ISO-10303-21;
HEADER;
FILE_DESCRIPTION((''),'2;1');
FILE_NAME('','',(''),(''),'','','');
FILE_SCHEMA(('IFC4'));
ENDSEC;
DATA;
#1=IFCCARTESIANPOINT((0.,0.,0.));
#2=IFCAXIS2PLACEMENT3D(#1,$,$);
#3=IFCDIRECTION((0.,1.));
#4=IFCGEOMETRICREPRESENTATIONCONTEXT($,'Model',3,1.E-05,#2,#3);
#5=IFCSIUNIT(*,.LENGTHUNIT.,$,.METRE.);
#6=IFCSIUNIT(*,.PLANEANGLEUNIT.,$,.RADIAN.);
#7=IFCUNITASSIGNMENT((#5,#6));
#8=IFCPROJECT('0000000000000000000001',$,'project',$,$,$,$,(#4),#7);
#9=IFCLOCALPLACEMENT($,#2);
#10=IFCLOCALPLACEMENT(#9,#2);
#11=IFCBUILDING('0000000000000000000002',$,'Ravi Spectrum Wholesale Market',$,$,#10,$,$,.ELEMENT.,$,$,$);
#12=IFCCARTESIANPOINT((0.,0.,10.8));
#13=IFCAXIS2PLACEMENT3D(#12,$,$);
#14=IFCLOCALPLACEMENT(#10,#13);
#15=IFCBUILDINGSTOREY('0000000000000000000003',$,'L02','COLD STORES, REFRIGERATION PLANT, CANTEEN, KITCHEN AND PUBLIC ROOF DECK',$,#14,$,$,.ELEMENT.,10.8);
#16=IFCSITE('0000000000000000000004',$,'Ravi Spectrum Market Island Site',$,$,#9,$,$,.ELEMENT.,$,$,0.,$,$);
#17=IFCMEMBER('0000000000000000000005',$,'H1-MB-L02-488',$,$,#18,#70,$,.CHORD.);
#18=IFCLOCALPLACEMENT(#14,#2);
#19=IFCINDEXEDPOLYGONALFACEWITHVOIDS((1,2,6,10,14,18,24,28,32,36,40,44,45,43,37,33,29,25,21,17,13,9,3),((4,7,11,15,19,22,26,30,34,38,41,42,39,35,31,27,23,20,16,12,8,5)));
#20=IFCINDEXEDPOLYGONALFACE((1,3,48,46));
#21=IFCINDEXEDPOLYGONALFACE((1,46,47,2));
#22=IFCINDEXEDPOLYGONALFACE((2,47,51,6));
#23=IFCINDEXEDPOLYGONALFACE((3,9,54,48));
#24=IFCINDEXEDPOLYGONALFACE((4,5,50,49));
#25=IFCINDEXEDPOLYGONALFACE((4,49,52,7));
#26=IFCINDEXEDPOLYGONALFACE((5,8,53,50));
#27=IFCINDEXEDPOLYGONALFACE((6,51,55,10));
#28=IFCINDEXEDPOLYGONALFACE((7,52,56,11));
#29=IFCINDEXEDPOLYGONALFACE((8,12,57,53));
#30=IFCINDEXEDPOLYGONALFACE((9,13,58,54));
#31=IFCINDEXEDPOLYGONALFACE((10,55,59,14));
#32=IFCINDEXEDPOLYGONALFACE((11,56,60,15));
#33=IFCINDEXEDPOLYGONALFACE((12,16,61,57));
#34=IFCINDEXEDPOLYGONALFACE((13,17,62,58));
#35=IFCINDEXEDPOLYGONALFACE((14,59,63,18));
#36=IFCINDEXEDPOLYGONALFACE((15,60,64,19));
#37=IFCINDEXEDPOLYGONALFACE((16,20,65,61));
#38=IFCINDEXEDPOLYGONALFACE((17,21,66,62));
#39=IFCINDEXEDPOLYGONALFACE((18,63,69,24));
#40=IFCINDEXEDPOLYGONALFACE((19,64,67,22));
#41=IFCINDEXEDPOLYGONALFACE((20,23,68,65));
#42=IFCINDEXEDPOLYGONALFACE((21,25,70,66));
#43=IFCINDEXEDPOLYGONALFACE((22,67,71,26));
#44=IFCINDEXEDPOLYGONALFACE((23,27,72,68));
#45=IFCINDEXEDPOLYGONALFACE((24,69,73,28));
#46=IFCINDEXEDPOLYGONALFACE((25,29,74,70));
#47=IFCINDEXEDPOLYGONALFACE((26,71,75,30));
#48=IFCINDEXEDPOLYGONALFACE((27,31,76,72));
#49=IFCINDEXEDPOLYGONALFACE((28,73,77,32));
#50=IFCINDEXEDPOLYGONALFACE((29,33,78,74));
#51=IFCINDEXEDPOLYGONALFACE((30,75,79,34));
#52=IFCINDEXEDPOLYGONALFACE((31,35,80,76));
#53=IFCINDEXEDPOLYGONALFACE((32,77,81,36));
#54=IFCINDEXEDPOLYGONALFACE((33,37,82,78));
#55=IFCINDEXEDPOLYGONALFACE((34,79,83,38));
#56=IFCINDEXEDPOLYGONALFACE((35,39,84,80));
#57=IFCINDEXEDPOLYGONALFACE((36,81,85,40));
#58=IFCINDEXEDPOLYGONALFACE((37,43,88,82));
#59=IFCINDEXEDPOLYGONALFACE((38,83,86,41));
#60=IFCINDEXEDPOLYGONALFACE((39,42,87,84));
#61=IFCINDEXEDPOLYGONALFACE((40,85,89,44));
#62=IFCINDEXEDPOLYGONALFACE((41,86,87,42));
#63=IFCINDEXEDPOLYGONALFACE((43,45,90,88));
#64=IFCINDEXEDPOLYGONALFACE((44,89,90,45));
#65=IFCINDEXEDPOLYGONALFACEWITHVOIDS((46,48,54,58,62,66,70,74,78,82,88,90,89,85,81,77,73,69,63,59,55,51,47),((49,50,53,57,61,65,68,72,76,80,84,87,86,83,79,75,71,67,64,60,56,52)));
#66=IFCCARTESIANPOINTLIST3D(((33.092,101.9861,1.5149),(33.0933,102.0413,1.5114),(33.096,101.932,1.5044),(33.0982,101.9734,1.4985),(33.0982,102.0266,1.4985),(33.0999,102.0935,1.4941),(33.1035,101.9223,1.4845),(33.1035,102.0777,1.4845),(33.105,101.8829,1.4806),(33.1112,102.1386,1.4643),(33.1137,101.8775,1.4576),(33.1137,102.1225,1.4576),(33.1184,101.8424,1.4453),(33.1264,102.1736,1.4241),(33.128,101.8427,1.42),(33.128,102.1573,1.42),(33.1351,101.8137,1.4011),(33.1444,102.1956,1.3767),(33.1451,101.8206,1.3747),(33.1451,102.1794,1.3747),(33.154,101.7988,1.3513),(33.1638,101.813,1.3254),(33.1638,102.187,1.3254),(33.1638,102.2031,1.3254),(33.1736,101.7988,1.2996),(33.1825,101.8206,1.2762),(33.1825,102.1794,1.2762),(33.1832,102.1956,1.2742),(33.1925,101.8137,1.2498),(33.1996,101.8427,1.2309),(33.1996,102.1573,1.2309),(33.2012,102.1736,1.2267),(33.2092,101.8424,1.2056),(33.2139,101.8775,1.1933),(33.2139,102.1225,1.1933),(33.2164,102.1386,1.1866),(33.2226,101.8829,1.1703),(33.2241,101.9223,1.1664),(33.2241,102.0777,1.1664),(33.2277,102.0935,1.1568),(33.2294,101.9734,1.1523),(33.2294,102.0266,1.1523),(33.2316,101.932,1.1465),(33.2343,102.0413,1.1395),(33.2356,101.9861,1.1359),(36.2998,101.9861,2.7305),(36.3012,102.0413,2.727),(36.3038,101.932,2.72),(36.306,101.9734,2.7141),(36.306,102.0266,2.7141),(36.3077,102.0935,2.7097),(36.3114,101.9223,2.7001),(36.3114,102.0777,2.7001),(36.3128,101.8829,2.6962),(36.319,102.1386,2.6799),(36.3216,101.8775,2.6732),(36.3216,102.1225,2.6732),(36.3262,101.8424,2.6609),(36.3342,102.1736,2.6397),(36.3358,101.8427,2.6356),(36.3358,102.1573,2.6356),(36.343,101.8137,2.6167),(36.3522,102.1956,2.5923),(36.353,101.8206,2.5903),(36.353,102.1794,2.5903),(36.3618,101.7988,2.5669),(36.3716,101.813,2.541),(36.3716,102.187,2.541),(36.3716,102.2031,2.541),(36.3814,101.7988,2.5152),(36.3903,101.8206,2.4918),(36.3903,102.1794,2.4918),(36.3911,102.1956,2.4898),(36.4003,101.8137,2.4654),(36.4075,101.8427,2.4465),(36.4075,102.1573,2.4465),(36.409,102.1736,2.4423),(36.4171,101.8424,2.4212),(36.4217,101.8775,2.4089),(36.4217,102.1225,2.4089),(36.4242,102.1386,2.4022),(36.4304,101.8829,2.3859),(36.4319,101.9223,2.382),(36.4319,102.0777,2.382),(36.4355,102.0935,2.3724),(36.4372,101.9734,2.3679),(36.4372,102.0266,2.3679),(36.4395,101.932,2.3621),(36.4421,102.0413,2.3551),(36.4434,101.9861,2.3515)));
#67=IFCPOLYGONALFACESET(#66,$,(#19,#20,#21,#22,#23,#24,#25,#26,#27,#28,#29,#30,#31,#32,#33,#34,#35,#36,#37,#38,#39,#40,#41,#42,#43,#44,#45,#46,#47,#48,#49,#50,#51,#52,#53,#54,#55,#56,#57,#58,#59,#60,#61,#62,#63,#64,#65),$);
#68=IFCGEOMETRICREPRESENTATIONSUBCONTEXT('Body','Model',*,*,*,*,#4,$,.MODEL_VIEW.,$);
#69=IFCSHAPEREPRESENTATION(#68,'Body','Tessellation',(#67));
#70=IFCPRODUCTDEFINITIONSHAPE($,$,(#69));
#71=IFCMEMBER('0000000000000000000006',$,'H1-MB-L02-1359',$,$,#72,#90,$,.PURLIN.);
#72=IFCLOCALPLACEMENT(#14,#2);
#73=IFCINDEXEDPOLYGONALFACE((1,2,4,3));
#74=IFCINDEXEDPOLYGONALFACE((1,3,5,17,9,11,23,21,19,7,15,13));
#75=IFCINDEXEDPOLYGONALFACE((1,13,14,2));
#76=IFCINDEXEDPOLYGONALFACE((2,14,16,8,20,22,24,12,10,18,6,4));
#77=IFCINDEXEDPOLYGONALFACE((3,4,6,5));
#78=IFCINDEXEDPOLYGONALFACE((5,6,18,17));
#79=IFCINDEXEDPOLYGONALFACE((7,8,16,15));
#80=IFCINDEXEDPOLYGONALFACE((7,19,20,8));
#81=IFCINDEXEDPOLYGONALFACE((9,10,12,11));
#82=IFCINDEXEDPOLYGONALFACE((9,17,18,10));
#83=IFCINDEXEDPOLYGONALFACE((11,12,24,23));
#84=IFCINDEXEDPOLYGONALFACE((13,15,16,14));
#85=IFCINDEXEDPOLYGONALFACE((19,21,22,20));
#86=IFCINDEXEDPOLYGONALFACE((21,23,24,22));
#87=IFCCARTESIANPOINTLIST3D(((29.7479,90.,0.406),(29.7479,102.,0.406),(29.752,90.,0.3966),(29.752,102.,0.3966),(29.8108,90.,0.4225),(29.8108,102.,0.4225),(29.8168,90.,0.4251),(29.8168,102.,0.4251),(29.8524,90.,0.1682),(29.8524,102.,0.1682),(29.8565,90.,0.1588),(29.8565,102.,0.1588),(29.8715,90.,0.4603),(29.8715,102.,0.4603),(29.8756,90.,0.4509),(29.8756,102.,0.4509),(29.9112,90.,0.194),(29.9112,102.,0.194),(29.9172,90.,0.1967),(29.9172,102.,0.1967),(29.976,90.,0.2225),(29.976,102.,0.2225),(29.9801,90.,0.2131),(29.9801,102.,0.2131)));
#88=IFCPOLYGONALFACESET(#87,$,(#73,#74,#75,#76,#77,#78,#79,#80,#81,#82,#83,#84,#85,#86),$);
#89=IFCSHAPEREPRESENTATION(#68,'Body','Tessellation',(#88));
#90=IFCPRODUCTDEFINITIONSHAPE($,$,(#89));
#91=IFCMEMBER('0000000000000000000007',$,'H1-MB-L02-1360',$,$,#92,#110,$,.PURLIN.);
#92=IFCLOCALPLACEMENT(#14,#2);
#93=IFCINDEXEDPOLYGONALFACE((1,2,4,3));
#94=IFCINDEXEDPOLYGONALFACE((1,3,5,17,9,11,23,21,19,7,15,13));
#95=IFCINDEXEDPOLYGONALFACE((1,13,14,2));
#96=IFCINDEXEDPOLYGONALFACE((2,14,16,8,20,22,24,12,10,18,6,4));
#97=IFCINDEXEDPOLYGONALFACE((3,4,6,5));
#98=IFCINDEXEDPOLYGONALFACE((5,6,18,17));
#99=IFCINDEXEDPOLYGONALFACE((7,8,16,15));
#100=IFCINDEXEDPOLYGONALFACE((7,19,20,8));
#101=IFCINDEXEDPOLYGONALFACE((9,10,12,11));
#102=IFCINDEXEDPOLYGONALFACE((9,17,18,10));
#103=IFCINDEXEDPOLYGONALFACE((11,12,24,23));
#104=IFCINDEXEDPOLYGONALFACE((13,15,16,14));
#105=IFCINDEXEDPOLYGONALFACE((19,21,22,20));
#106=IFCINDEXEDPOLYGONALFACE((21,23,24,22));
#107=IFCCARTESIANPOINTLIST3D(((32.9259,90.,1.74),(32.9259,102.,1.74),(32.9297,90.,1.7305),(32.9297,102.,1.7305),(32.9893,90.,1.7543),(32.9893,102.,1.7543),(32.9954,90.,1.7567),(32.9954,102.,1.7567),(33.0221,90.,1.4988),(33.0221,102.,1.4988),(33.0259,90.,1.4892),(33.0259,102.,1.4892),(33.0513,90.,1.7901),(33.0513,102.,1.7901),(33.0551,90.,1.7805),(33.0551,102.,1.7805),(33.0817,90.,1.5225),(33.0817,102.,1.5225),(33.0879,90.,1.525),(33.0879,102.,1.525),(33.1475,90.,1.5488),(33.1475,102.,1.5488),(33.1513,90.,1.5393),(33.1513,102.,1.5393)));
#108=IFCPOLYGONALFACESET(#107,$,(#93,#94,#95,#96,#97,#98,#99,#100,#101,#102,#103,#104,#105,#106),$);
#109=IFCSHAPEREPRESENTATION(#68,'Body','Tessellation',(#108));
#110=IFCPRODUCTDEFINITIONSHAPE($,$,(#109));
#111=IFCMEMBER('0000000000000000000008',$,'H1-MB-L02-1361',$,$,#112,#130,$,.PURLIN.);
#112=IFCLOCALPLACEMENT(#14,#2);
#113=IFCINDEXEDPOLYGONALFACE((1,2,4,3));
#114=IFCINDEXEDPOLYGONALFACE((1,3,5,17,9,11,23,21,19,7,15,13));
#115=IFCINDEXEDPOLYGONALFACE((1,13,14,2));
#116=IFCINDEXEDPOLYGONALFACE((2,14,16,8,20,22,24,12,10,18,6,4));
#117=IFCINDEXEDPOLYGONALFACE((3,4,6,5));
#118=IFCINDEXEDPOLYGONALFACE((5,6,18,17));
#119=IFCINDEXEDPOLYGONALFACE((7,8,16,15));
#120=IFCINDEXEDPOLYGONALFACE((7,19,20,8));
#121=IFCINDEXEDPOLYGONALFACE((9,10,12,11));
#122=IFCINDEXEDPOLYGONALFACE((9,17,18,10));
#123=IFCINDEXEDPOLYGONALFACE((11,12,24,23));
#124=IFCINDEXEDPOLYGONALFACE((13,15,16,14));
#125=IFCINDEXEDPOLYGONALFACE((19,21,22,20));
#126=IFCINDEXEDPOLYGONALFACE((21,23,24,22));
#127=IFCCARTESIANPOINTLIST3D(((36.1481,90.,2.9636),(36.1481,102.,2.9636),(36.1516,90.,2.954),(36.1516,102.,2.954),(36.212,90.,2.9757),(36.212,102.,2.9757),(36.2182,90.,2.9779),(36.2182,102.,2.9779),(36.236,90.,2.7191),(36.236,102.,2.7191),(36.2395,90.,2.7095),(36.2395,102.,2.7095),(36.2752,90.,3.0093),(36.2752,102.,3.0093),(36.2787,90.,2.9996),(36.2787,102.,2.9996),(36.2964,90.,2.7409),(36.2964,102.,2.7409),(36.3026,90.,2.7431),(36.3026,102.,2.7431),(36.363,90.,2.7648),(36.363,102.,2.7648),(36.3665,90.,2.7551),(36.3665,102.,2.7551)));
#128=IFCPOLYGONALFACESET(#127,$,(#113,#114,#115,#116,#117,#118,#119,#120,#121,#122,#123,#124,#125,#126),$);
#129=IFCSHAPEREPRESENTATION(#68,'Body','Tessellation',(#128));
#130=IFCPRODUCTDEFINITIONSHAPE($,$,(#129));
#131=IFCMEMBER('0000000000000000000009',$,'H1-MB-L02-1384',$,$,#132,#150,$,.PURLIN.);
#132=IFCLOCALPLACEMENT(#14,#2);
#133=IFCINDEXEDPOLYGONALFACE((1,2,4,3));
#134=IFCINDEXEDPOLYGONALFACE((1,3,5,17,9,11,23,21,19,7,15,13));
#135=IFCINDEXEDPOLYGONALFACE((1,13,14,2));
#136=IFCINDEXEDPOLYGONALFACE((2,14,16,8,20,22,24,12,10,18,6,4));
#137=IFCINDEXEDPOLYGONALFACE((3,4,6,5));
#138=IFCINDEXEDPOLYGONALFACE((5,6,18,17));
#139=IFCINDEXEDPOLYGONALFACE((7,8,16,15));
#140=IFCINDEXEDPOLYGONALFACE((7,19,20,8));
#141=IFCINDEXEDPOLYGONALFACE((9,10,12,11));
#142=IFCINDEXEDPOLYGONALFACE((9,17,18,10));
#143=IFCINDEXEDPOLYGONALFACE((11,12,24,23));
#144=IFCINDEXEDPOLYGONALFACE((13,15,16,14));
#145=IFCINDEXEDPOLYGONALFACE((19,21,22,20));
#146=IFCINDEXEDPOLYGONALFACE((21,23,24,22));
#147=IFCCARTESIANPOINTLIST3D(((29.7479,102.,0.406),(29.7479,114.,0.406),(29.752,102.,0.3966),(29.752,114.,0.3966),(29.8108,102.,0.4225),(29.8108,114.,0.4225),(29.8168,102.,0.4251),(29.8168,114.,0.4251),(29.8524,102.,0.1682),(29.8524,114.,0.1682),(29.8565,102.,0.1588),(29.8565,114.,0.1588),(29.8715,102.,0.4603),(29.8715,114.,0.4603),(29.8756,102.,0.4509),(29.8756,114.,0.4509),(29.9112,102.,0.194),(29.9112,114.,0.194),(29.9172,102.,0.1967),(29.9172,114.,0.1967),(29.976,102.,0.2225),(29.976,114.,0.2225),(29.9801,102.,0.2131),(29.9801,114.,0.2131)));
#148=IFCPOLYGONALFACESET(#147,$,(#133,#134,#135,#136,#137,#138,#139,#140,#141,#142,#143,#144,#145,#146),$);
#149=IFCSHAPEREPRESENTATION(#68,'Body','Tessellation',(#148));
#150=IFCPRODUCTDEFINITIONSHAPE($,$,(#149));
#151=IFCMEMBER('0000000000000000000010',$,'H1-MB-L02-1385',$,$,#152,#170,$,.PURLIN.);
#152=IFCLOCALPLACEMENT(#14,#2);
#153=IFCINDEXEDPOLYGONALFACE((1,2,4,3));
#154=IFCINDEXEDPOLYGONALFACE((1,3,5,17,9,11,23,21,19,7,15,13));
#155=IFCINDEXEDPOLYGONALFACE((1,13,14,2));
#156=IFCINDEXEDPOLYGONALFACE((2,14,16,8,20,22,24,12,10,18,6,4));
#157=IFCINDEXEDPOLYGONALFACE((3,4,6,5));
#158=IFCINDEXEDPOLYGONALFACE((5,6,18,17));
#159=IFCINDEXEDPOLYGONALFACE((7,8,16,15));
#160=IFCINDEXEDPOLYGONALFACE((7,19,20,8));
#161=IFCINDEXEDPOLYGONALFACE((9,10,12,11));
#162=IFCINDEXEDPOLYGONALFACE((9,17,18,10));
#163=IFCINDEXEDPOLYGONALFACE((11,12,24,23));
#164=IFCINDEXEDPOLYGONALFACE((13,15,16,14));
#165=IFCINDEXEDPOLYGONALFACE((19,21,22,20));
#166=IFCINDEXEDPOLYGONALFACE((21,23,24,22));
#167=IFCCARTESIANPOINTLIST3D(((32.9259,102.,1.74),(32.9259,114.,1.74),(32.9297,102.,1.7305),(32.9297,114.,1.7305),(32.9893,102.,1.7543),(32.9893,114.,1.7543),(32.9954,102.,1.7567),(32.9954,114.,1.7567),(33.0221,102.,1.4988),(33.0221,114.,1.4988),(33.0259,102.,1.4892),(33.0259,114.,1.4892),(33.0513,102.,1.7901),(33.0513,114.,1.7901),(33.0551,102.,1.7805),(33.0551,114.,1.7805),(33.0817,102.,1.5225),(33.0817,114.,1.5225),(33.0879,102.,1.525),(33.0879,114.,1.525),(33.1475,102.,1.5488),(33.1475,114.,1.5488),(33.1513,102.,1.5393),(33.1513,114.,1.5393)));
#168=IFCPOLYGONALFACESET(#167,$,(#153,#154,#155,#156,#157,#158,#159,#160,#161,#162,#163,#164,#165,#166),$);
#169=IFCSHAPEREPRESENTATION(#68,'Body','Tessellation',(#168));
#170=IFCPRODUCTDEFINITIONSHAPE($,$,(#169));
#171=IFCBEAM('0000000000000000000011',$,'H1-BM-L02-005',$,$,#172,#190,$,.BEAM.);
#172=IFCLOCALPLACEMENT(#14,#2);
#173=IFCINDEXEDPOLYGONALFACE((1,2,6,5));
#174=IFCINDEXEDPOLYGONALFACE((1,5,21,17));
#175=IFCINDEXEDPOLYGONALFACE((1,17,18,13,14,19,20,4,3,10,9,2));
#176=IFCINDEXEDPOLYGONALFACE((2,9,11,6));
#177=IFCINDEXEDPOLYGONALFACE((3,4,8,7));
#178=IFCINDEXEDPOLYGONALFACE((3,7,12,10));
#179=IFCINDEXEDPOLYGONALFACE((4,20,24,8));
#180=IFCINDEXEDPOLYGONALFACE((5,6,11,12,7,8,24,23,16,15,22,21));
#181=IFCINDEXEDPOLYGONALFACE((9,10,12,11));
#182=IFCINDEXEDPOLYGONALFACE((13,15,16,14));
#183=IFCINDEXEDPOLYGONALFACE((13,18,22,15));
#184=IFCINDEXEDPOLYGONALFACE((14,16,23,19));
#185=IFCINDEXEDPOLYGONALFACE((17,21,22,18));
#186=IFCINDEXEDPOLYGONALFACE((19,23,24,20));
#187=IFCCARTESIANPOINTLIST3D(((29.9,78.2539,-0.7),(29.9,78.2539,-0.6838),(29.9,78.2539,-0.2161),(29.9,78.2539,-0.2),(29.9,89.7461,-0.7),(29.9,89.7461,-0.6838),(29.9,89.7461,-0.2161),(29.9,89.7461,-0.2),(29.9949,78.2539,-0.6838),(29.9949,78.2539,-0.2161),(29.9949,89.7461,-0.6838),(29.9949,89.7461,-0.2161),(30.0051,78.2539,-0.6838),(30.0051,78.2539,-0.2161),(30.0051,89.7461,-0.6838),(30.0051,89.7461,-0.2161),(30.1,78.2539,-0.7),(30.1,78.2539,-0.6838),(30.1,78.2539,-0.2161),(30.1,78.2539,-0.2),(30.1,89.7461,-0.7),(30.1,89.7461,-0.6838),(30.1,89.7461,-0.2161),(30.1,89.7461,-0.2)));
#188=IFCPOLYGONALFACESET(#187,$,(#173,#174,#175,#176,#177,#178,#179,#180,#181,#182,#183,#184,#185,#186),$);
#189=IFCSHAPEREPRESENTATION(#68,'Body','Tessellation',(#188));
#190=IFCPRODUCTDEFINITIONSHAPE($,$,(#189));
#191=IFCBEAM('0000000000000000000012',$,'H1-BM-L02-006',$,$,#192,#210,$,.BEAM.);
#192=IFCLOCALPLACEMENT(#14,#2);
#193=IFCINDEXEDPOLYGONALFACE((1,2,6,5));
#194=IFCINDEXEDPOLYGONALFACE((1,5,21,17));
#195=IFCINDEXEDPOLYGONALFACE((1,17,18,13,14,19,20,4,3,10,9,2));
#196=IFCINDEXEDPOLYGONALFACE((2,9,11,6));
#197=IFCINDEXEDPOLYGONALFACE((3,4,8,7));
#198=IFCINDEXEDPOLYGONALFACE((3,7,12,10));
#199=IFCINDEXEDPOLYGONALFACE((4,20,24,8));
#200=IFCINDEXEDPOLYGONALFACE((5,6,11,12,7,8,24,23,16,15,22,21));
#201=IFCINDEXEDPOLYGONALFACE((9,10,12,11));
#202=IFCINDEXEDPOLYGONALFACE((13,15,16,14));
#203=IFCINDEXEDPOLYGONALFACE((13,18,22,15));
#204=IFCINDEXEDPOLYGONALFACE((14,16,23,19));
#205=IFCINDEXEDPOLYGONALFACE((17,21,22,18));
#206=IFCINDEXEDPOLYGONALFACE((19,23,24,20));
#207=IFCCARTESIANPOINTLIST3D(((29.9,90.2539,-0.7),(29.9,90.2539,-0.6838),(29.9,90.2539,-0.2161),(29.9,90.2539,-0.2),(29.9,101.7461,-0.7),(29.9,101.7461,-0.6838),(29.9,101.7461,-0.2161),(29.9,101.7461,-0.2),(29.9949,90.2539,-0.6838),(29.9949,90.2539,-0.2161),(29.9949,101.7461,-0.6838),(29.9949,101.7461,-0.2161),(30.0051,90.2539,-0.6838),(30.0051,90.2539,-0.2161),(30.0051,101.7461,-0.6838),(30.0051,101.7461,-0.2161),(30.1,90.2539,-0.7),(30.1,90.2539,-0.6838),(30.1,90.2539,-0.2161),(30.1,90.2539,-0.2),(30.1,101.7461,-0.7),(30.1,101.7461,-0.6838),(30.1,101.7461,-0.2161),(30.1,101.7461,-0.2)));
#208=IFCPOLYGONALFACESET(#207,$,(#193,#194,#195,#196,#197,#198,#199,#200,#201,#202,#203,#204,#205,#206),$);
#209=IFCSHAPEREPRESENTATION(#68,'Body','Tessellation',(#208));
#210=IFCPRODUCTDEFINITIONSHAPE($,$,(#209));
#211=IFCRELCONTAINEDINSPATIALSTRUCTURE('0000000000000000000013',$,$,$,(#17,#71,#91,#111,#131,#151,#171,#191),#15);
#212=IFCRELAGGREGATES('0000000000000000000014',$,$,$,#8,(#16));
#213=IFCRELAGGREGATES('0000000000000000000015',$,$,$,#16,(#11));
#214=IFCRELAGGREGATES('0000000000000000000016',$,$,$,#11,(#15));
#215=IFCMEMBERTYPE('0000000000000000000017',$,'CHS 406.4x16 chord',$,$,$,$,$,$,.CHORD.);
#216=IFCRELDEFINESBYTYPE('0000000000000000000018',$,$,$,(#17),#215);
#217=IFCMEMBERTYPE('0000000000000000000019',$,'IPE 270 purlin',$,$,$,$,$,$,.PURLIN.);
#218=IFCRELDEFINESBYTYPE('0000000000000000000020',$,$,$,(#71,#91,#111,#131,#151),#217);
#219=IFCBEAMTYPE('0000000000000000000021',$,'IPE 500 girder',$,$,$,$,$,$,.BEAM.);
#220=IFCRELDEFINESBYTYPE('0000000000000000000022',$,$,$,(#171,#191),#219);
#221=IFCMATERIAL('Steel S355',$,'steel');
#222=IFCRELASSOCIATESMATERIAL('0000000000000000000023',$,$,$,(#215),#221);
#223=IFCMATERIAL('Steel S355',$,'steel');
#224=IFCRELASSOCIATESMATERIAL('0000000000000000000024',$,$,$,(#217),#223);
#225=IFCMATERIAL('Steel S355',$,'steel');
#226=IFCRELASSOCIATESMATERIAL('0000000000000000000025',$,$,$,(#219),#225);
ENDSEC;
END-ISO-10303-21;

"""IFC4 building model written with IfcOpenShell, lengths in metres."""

from ifc_helpers import new_model, si_unit, direction, frame, origin, origin_2d, place, context, subcontext, project, spatial, hollow_circle, i_section, extrude, material, material_profile, profile_set, type_object, element, save


model = new_model("IFC4")

# Units and contexts
model_context = context("Model", 3, precision=1e-05, world=origin(), true_north=direction((0.0, 1.0)))
body_context = subcontext(model_context, "Body", "Model", "MODEL_VIEW")
ifc_project = project(units=[si_unit("LENGTHUNIT", "METRE"), si_unit("PLANEANGLEUNIT", "RADIAN")], contexts=[model_context])

# Site, building, storey
site_placement = place(None, origin())
site = spatial("IfcSite", under=ifc_project, at=site_placement, Name="Ravi Spectrum Market Island Site", CompositionType="ELEMENT", RefElevation=0.0)
building_placement = place(site_placement, origin())
building = spatial("IfcBuilding", under=site, at=building_placement, Name="Ravi Spectrum Wholesale Market", CompositionType="ELEMENT")
storey_placement = place(building_placement, frame((0.0, 0.0, 10.8)))
storey = spatial("IfcBuildingStorey", under=building, at=storey_placement, Name="L02", Description="COLD STORES, REFRIGERATION PLANT, CANTEEN, KITCHEN AND PUBLIC ROOF DECK", CompositionType="ELEMENT", Elevation=10.8)

# Members
ifc_material_1 = material(Name="Steel S355", Category="steel")
ifc_material_profile_1 = material_profile(ifc_material_1, hollow_circle(Radius=0.2031, WallThickness=0.0161, at=origin_2d()))
ifc_profile_set_1 = profile_set([ifc_material_profile_1], Name="Steel S355")
member_type_1 = type_object("IfcMemberType", Name="CHS 406.4x16 chord", PredefinedType="CHORD", material=ifc_profile_set_1)
member_1_placement = place(storey_placement, frame((33.1638, 102.0, 1.3254), z_axis=(0.93511, 0.0, 0.354358), x_axis=(0.0, 1.0, 0.0)))
element("IfcMember", 1, at=member_1_placement, inside=storey, type_object=member_type_1, Name="H1-MB-L02-488", PredefinedType="CHORD", context=body_context, shape_type="SweptSolid", body=[
    extrude(hollow_circle(Radius=0.2031, WallThickness=0.0161, at=origin_2d()), origin(), (0.0, 0.0, 1.0), 3.4304),
])
ifc_material_2 = material(Name="Steel S355", Category="steel")
ifc_material_profile_2 = material_profile(ifc_material_2, i_section(OverallWidth=0.135, OverallDepth=0.27, WebThickness=0.0066, FlangeThickness=0.0103, at=origin_2d()))
ifc_profile_set_2 = profile_set([ifc_material_profile_2], Name="Steel S355")
member_type_2 = type_object("IfcMemberType", Name="IPE 270 purlin", PredefinedType="PURLIN", material=ifc_profile_set_2)
for number, where, z_axis, x_axis, name in (
    (2, (29.864, 90.0, 0.3096), (0.0, 1.0, 0.0), (-0.915525, 0.0, -0.40226), "H1-MB-L02-1359"),
    (3, (33.0386, 90.0, 1.6396), (0.0, 1.0, 0.0), (-0.928855, 0.0, -0.370443), "H1-MB-L02-1360"),
    (4, (36.2573, 90.0, 2.8594), (0.0, 1.0, 0.0), (-0.94108, 0.0, -0.338184), "H1-MB-L02-1361"),
    (5, (29.864, 102.0, 0.3096), (0.0, 1.0, 0.0), (-0.915525, 0.0, -0.40226), "H1-MB-L02-1384"),
    (6, (33.0386, 102.0, 1.6396), (0.0, 1.0, 0.0), (-0.928855, 0.0, -0.370443), "H1-MB-L02-1385"),
):
    element("IfcMember", number, at=place(storey_placement, frame(where, z_axis=z_axis, x_axis=x_axis)), inside=storey, type_object=member_type_2, Name=name, PredefinedType="PURLIN", context=body_context, shape_type="SweptSolid", body=[
        extrude(i_section(OverallWidth=0.135, OverallDepth=0.27, WebThickness=0.0066, FlangeThickness=0.0103, at=origin_2d()), origin(), (0.0, 0.0, 1.0), 12.0),
    ])

# Beams
ifc_material_3 = material(Name="Steel S355", Category="steel")
ifc_material_profile_3 = material_profile(ifc_material_3, i_section(OverallWidth=0.2, OverallDepth=0.5, WebThickness=0.0103, FlangeThickness=0.0161, at=origin_2d()))
ifc_profile_set_3 = profile_set([ifc_material_profile_3], Name="Steel S355")
beam_type = type_object("IfcBeamType", Name="IPE 500 girder", PredefinedType="BEAM", material=ifc_profile_set_3)
for number, where, z_axis, x_axis, name in (
    (7, (30.0, 78.2539, -0.45), (0.0, 1.0, 0.0), (-1.0, 0.0, 0.0), "H1-BM-L02-005"),
    (8, (30.0, 90.2539, -0.45), (0.0, 1.0, 0.0), (-1.0, 0.0, 0.0), "H1-BM-L02-006"),
):
    element("IfcBeam", number, at=place(storey_placement, frame(where, z_axis=z_axis, x_axis=x_axis)), inside=storey, type_object=beam_type, Name=name, PredefinedType="BEAM", context=body_context, shape_type="SweptSolid", body=[
        extrude(i_section(OverallWidth=0.2, OverallDepth=0.5, WebThickness=0.0103, FlangeThickness=0.0161, at=origin_2d()), origin(), (0.0, 0.0, 1.0), 11.4922),
    ])

save(model, "model.ifc")
